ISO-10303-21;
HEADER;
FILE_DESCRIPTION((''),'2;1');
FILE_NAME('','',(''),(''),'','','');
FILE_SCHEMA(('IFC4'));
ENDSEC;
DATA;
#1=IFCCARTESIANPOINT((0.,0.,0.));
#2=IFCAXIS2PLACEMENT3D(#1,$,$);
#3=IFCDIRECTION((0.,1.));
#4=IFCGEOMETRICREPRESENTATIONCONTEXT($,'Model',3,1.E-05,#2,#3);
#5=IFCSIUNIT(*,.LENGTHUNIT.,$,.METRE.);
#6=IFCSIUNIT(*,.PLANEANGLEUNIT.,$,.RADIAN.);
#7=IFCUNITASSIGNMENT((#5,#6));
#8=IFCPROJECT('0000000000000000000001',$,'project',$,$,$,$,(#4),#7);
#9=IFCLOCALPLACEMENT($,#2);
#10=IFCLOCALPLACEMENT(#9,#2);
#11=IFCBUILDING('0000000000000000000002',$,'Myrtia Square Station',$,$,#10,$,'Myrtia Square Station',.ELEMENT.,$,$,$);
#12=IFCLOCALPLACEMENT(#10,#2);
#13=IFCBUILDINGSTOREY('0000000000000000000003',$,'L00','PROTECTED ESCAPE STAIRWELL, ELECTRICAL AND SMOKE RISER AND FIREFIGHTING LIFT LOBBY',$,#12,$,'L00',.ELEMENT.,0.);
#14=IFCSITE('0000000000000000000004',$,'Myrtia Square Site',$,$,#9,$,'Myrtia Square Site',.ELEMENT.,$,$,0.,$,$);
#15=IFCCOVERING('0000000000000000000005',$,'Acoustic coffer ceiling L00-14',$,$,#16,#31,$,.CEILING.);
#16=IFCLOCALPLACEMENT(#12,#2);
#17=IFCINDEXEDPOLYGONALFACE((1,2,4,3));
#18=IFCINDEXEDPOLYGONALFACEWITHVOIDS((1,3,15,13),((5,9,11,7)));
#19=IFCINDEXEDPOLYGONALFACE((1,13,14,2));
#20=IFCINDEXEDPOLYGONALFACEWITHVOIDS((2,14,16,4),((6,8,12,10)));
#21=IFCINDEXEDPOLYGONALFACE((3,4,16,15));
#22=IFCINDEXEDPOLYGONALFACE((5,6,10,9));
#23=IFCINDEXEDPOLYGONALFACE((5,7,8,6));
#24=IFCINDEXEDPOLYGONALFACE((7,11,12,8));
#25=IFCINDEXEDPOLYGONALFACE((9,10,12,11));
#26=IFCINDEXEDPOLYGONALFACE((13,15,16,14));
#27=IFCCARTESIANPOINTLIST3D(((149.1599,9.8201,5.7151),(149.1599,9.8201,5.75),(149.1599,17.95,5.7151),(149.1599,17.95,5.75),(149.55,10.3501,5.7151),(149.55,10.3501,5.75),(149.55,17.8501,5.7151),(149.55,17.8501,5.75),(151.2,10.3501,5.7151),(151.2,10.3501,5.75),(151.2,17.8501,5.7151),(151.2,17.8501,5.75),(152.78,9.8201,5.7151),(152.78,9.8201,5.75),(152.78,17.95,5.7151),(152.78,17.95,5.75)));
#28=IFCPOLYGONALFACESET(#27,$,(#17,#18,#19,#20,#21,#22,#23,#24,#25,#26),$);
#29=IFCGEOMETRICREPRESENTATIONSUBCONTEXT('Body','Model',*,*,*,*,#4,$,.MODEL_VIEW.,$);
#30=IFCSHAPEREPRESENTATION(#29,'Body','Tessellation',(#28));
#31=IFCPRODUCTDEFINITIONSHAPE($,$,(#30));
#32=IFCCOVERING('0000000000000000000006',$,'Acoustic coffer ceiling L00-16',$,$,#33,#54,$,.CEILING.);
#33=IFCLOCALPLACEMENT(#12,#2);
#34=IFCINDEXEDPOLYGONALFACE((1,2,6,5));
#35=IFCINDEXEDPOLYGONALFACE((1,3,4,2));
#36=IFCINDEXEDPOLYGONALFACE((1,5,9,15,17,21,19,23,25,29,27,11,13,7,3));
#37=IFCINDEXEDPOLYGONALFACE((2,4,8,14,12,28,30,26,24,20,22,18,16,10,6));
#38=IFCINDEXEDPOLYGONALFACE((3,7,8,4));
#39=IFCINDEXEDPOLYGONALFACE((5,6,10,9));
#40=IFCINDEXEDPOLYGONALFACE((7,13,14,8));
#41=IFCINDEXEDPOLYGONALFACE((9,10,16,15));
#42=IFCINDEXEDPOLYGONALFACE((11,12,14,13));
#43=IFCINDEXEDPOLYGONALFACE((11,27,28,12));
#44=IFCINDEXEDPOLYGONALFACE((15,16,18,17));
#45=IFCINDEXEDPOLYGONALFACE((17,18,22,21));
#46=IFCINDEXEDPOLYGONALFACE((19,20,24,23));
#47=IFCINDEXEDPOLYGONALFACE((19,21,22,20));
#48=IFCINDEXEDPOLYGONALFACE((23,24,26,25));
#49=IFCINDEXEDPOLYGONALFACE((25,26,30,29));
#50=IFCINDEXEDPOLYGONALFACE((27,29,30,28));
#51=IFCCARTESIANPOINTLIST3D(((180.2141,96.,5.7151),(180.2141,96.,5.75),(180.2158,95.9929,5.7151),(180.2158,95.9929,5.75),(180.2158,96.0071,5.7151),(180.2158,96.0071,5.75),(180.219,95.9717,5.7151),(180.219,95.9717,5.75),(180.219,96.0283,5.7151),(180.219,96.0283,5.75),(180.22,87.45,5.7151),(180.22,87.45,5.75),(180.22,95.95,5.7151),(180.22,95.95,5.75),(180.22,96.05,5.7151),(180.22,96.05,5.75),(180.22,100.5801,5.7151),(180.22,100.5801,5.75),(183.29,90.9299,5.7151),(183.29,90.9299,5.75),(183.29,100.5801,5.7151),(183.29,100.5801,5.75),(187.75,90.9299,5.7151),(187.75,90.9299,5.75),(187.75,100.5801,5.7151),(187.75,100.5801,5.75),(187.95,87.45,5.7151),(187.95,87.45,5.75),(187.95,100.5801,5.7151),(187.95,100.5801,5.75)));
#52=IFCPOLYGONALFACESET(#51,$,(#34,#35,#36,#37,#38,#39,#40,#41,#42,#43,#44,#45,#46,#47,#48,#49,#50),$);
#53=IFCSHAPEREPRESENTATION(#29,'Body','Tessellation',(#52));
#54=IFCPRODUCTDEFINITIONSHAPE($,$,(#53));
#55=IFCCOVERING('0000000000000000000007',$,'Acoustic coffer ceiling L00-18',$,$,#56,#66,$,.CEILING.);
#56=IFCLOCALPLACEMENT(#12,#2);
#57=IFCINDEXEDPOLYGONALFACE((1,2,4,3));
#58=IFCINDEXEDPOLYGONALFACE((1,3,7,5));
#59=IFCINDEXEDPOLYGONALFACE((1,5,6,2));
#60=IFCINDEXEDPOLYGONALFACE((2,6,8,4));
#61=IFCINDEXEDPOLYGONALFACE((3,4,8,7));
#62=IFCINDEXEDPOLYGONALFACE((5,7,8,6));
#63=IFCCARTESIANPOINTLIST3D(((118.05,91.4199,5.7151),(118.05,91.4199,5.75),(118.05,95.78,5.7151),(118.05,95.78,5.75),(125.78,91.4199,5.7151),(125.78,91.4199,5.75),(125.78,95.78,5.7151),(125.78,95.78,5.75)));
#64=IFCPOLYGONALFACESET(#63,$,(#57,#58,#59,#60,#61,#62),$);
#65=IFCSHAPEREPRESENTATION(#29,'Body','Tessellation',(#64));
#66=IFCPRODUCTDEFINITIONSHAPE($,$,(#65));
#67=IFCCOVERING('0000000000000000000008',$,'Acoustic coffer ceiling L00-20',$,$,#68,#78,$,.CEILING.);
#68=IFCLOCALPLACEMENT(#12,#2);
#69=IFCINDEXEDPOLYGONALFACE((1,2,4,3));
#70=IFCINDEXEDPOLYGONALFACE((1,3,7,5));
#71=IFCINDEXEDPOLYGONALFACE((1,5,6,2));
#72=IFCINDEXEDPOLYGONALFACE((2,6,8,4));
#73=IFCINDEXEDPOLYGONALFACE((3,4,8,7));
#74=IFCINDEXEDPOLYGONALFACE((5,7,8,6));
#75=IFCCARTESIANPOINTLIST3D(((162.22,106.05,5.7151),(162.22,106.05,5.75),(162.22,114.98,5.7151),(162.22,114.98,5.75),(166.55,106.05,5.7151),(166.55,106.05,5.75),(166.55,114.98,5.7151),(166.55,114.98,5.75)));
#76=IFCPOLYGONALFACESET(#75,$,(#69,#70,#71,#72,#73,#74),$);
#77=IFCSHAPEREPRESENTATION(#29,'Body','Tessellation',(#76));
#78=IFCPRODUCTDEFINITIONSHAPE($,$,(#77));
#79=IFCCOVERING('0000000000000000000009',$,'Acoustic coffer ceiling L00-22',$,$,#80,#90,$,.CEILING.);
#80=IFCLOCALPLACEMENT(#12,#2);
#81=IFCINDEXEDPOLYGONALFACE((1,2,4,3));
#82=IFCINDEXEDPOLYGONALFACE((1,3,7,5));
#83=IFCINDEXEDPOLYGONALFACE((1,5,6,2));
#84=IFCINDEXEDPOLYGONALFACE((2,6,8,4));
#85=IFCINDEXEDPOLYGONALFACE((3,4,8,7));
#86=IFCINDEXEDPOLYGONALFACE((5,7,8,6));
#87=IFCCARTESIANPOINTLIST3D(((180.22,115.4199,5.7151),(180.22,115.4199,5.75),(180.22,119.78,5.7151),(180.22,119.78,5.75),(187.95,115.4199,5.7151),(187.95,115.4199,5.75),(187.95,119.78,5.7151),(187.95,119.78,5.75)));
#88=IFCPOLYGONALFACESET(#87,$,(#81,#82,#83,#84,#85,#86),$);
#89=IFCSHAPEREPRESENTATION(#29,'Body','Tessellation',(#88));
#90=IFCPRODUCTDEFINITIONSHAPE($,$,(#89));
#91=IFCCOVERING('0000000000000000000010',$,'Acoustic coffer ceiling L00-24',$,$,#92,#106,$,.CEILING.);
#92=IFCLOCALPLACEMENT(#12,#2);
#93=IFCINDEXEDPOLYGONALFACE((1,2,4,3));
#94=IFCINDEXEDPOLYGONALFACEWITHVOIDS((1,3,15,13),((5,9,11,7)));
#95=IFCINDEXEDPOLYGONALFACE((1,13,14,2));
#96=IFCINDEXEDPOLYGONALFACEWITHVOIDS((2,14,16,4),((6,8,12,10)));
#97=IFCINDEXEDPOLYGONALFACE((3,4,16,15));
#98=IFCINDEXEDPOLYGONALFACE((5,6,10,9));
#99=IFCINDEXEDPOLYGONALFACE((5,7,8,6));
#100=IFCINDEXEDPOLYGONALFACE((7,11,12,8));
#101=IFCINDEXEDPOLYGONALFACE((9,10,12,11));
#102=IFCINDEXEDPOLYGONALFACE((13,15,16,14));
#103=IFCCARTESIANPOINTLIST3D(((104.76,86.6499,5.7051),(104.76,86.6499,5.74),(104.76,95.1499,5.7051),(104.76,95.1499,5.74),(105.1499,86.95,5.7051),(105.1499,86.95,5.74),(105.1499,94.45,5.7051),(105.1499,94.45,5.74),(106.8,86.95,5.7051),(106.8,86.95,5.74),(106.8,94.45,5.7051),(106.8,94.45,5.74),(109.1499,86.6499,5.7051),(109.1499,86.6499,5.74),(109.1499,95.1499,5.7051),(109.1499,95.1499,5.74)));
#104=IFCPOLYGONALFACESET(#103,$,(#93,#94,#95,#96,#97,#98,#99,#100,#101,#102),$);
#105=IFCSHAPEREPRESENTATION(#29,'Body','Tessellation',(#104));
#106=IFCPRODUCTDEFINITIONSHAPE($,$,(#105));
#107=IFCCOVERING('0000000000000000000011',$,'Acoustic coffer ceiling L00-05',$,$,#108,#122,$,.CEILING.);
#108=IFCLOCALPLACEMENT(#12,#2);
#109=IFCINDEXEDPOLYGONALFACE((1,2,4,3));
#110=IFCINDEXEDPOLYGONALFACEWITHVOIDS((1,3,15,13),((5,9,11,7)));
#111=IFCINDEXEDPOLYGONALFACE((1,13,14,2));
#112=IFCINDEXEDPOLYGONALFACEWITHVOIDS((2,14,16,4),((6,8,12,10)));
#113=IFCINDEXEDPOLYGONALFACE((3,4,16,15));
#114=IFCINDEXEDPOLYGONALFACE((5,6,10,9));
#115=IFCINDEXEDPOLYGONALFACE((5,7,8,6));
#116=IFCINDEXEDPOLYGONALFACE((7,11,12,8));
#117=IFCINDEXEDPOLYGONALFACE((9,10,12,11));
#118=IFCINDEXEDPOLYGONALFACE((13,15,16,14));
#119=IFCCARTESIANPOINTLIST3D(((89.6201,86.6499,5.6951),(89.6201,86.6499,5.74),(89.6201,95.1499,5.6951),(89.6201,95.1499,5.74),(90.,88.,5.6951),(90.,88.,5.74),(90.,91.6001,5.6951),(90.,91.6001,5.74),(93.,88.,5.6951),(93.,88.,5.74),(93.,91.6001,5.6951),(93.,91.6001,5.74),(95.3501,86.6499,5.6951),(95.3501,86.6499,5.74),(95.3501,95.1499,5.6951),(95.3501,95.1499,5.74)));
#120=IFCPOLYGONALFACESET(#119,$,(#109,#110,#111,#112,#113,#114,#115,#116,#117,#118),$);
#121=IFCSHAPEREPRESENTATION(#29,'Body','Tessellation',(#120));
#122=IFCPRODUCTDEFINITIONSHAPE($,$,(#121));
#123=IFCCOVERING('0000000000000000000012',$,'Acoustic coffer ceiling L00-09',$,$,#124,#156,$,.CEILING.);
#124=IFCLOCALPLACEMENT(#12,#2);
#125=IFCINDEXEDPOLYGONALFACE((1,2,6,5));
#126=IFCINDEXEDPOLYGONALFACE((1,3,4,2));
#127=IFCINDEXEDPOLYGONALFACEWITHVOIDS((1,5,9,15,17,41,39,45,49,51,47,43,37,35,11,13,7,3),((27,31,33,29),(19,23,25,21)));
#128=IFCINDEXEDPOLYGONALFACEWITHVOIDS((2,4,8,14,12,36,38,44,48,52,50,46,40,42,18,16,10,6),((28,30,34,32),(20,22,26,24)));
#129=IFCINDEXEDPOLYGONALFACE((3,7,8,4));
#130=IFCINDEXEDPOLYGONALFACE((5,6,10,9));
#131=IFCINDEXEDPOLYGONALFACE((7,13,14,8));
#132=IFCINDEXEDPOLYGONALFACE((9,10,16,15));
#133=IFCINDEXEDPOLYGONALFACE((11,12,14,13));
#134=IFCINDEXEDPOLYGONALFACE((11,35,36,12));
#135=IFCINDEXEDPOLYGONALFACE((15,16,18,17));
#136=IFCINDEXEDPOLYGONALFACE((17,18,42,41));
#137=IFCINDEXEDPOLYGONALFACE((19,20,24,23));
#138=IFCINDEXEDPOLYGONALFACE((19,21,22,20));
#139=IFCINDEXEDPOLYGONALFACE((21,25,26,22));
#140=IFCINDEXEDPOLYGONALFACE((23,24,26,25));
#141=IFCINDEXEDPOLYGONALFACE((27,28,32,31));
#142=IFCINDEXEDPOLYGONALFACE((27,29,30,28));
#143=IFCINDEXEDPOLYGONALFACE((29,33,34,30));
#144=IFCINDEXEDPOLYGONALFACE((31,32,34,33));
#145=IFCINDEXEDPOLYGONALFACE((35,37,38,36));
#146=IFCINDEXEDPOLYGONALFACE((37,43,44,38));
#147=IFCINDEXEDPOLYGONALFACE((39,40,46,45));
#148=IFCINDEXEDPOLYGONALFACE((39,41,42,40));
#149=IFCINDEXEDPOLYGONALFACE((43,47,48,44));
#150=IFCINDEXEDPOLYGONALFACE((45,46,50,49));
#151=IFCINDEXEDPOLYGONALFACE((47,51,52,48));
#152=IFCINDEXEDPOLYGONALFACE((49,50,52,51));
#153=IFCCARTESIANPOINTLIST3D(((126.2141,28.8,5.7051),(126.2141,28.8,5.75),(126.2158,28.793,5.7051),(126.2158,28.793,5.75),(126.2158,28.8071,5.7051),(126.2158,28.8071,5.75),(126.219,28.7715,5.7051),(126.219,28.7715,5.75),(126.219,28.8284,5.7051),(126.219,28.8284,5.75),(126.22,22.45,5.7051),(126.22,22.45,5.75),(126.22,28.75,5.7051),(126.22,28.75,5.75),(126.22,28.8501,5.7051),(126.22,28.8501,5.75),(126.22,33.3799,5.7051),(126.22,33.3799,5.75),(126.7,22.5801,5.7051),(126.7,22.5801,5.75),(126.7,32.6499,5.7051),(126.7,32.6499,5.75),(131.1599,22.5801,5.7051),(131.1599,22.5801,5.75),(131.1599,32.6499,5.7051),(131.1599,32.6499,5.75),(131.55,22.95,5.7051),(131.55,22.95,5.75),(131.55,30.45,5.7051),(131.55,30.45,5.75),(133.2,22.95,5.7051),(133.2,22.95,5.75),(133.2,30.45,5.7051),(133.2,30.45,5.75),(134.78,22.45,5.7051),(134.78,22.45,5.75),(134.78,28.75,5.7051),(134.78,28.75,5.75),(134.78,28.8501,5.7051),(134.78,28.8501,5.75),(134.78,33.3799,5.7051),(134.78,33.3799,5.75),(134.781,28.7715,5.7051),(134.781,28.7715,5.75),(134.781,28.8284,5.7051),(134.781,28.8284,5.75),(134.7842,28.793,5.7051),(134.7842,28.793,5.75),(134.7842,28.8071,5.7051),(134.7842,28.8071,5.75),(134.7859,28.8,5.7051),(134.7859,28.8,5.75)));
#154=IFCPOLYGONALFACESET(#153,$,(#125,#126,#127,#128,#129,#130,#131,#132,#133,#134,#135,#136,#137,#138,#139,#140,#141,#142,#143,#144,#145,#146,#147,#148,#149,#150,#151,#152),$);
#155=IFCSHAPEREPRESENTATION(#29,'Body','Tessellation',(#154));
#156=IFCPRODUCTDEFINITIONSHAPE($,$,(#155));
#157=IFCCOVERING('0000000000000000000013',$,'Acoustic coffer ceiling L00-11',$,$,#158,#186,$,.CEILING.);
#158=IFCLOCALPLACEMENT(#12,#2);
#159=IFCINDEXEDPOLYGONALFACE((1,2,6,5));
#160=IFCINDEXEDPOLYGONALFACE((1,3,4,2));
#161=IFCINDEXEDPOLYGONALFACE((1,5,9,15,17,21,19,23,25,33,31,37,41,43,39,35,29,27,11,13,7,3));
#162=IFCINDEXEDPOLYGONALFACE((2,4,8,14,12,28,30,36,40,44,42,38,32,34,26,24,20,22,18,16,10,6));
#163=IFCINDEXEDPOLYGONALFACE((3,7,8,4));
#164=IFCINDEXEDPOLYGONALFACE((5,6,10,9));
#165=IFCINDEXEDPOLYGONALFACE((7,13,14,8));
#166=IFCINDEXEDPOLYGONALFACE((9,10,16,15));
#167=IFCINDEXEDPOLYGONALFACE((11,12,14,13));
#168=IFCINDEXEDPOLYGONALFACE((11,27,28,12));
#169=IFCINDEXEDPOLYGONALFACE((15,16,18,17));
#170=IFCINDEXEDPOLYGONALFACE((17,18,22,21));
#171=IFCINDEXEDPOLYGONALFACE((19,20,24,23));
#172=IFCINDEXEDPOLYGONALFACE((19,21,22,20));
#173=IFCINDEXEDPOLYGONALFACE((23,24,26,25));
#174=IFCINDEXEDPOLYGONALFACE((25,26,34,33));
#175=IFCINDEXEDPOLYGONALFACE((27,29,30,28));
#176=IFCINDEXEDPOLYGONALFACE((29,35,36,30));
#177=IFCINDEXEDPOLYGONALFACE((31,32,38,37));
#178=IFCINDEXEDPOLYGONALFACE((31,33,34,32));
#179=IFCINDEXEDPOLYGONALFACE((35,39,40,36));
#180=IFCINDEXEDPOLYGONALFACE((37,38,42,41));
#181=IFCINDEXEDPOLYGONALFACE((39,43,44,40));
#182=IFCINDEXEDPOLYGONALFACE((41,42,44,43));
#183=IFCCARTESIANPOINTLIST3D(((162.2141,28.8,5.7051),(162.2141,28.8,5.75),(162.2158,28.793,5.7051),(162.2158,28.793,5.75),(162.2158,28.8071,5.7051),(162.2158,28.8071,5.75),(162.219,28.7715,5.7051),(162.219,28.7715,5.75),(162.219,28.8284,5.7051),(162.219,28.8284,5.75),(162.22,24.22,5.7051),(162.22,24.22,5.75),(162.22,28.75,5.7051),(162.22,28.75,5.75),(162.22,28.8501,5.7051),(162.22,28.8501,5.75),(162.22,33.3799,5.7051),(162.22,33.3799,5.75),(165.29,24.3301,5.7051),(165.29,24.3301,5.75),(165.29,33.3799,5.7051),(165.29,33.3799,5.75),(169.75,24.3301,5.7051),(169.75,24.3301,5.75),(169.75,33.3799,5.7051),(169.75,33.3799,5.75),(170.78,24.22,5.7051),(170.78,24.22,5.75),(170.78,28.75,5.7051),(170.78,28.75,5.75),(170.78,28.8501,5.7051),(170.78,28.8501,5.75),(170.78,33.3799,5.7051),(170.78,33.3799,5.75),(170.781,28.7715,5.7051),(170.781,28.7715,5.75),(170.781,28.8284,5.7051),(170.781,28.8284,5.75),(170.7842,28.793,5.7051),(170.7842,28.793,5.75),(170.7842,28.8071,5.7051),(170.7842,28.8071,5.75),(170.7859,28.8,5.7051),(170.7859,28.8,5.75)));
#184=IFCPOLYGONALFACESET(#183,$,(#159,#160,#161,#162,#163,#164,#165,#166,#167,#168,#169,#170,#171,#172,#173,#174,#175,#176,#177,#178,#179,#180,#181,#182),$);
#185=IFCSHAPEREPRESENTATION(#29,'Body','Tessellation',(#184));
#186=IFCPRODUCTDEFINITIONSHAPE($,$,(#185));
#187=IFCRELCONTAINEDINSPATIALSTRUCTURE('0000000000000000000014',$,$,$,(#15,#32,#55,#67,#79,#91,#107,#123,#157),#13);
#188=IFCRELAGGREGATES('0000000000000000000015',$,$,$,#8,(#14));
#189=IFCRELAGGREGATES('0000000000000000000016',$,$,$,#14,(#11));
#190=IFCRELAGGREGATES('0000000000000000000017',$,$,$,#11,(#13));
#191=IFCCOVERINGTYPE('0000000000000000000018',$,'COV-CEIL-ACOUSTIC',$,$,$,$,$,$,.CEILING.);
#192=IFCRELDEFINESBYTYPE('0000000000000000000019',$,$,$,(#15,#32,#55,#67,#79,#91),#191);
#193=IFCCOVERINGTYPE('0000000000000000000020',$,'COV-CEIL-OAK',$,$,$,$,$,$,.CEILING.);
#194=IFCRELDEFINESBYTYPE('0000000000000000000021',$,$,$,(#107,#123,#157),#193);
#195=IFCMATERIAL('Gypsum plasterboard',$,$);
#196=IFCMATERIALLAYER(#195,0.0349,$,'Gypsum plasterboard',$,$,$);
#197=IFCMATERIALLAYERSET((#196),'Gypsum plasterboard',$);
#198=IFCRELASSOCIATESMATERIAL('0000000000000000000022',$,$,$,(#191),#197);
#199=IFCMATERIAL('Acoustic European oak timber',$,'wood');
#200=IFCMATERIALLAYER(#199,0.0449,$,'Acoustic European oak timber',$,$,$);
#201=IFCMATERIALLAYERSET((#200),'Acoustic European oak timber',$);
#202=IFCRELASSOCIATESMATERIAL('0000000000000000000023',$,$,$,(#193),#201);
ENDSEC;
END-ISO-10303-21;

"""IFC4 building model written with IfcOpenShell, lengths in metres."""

from ifc_helpers import new_model, si_unit, direction, frame, origin, place, context, subcontext, project, spatial, polyline, outline, extrude, material, layer, layer_set, type_object, element, save


model = new_model("IFC4")

# Units and contexts
model_context = context("Model", 3, precision=1e-05, world=origin(), true_north=direction((0.0, 1.0)))
body_context = subcontext(model_context, "Body", "Model", "MODEL_VIEW")
ifc_project = project(units=[si_unit("LENGTHUNIT", "METRE"), si_unit("PLANEANGLEUNIT", "RADIAN")], contexts=[model_context])

# Site, building, storey
site_placement = place(None, origin())
site = spatial("IfcSite", under=ifc_project, at=site_placement, Name="Myrtia Square Site", LongName="Myrtia Square Site", CompositionType="ELEMENT", RefElevation=0.0)
building_placement = place(site_placement, origin())
building = spatial("IfcBuilding", under=site, at=building_placement, Name="Myrtia Square Station", LongName="Myrtia Square Station", CompositionType="ELEMENT")
storey_placement = place(building_placement, origin())
storey = spatial("IfcBuildingStorey", under=building, at=storey_placement, Name="L00", Description="PROTECTED ESCAPE STAIRWELL, ELECTRICAL AND SMOKE RISER AND FIREFIGHTING LIFT LOBBY", LongName="L00", CompositionType="ELEMENT", Elevation=0.0)

# Coverings
ifc_material_1 = material(Name="Gypsum plasterboard")
ifc_layer_1 = layer(ifc_material_1, 0.0349, Name="Gypsum plasterboard")
ifc_layer_set_1 = layer_set([ifc_layer_1], Name="Gypsum plasterboard")
covering_type_1 = type_object("IfcCoveringType", Name="COV-CEIL-ACOUSTIC", PredefinedType="CEILING", material=ifc_layer_set_1)
covering_1_placement = place(storey_placement, frame((0.0, 0.0, 5.7151)))
element("IfcCovering", 1, at=covering_1_placement, inside=storey, type_object=covering_type_1, Name="Acoustic coffer ceiling L00-14", PredefinedType="CEILING", context=body_context, shape_type="SweptSolid", body=[
    extrude(outline(polyline([(149.1599, 17.95), (152.78, 17.95), (152.78, 9.8201), (149.1599, 9.8201), (149.1599, 17.95)]), holes=[polyline([(151.2, 17.8501), (149.55, 17.8501), (149.55, 10.3501), (151.2, 10.3501), (151.2, 17.8501)])]), origin(), (0.0, 0.0, 1.0), 0.0349),
])
covering_2_placement = place(storey_placement, frame((0.0, 0.0, 5.7151)))
element("IfcCovering", 2, at=covering_2_placement, inside=storey, type_object=covering_type_1, Name="Acoustic coffer ceiling L00-16", PredefinedType="CEILING", context=body_context, shape_type="SweptSolid", body=[
    extrude(outline(polyline([(187.95, 87.45), (180.22, 87.45), (180.22, 95.95), (180.219, 95.9717), (180.2158, 95.9929), (180.2141, 96.0), (180.2158, 96.0071), (180.219, 96.0283), (180.22, 96.05), (180.22, 100.5801), (183.29, 100.5801), (183.29, 90.9299), (187.75, 90.9299), (187.75, 100.5801), (187.95, 100.5801), (187.95, 87.45)])), origin(), (0.0, 0.0, 1.0), 0.0349),
])
covering_3_placement = place(storey_placement, frame((0.0, 0.0, 5.7151)))
element("IfcCovering", 3, at=covering_3_placement, inside=storey, type_object=covering_type_1, Name="Acoustic coffer ceiling L00-18", PredefinedType="CEILING", context=body_context, shape_type="SweptSolid", body=[
    extrude(outline(polyline([(118.05, 95.78), (125.78, 95.78), (125.78, 91.4199), (118.05, 91.4199), (118.05, 95.78)])), origin(), (0.0, 0.0, 1.0), 0.0349),
])
covering_4_placement = place(storey_placement, frame((0.0, 0.0, 5.7151)))
element("IfcCovering", 4, at=covering_4_placement, inside=storey, type_object=covering_type_1, Name="Acoustic coffer ceiling L00-20", PredefinedType="CEILING", context=body_context, shape_type="SweptSolid", body=[
    extrude(outline(polyline([(166.55, 106.05), (162.22, 106.05), (162.22, 114.98), (166.55, 114.98), (166.55, 106.05)])), origin(), (0.0, 0.0, 1.0), 0.0349),
])
covering_5_placement = place(storey_placement, frame((0.0, 0.0, 5.7151)))
element("IfcCovering", 5, at=covering_5_placement, inside=storey, type_object=covering_type_1, Name="Acoustic coffer ceiling L00-22", PredefinedType="CEILING", context=body_context, shape_type="SweptSolid", body=[
    extrude(outline(polyline([(187.95, 115.4199), (180.22, 115.4199), (180.22, 119.78), (187.95, 119.78), (187.95, 115.4199)])), origin(), (0.0, 0.0, 1.0), 0.0349),
])
covering_6_placement = place(storey_placement, frame((0.0, 0.0, 5.7051)))
element("IfcCovering", 6, at=covering_6_placement, inside=storey, type_object=covering_type_1, Name="Acoustic coffer ceiling L00-24", PredefinedType="CEILING", context=body_context, shape_type="SweptSolid", body=[
    extrude(outline(polyline([(109.1499, 86.6499), (104.76, 86.6499), (104.76, 95.1499), (109.1499, 95.1499), (109.1499, 86.6499)]), holes=[polyline([(106.8, 86.95), (106.8, 94.45), (105.1499, 94.45), (105.1499, 86.95), (106.8, 86.95)])]), origin(), (0.0, 0.0, 1.0), 0.0349),
])
ifc_material_2 = material(Name="Acoustic European oak timber", Category="wood")
ifc_layer_2 = layer(ifc_material_2, 0.0449, Name="Acoustic European oak timber")
ifc_layer_set_2 = layer_set([ifc_layer_2], Name="Acoustic European oak timber")
covering_type_2 = type_object("IfcCoveringType", Name="COV-CEIL-OAK", PredefinedType="CEILING", material=ifc_layer_set_2)
covering_7_placement = place(storey_placement, frame((0.0, 0.0, 5.6951)))
element("IfcCovering", 7, at=covering_7_placement, inside=storey, type_object=covering_type_2, Name="Acoustic coffer ceiling L00-05", PredefinedType="CEILING", context=body_context, shape_type="SweptSolid", body=[
    extrude(outline(polyline([(95.3501, 95.1499), (95.3501, 86.6499), (89.6201, 86.6499), (89.6201, 95.1499), (95.3501, 95.1499)]), holes=[polyline([(90.0, 91.6001), (90.0, 88.0), (93.0, 88.0), (93.0, 91.6001), (90.0, 91.6001)])]), origin(), (0.0, 0.0, 1.0), 0.0449),
])
covering_8_placement = place(storey_placement, frame((0.0, 0.0, 5.7051)))
element("IfcCovering", 8, at=covering_8_placement, inside=storey, type_object=covering_type_2, Name="Acoustic coffer ceiling L00-09", PredefinedType="CEILING", context=body_context, shape_type="SweptSolid", body=[
    extrude(outline(polyline([(126.22, 22.45), (126.22, 28.75), (126.219, 28.7715), (126.2158, 28.793), (126.2141, 28.8), (126.2158, 28.8071), (126.219, 28.8284), (126.22, 28.8501), (126.22, 33.3799), (134.78, 33.3799), (134.78, 28.8501), (134.781, 28.8284), (134.7842, 28.8071), (134.7859, 28.8), (134.7842, 28.793), (134.781, 28.7715), (134.78, 28.75), (134.78, 22.45), (126.22, 22.45)]), holes=[polyline([(131.55, 30.45), (131.55, 22.95), (133.2, 22.95), (133.2, 30.45), (131.55, 30.45)]), polyline([(131.1599, 32.6499), (126.7, 32.6499), (126.7, 22.5801), (131.1599, 22.5801), (131.1599, 32.6499)])]), origin(), (0.0, 0.0, 1.0), 0.0449),
])
covering_9_placement = place(storey_placement, frame((0.0, 0.0, 5.7051)))
element("IfcCovering", 9, at=covering_9_placement, inside=storey, type_object=covering_type_2, Name="Acoustic coffer ceiling L00-11", PredefinedType="CEILING", context=body_context, shape_type="SweptSolid", body=[
    extrude(outline(polyline([(165.29, 24.3301), (169.75, 24.3301), (169.75, 33.3799), (170.78, 33.3799), (170.78, 28.8501), (170.781, 28.8284), (170.7842, 28.8071), (170.7859, 28.8), (170.7842, 28.793), (170.781, 28.7715), (170.78, 28.75), (170.78, 24.22), (162.22, 24.22), (162.22, 28.75), (162.219, 28.7715), (162.2158, 28.793), (162.2141, 28.8), (162.2158, 28.8071), (162.219, 28.8284), (162.22, 28.8501), (162.22, 33.3799), (165.29, 33.3799), (165.29, 24.3301)])), origin(), (0.0, 0.0, 1.0), 0.0449),
])

save(model, "model.ifc")
